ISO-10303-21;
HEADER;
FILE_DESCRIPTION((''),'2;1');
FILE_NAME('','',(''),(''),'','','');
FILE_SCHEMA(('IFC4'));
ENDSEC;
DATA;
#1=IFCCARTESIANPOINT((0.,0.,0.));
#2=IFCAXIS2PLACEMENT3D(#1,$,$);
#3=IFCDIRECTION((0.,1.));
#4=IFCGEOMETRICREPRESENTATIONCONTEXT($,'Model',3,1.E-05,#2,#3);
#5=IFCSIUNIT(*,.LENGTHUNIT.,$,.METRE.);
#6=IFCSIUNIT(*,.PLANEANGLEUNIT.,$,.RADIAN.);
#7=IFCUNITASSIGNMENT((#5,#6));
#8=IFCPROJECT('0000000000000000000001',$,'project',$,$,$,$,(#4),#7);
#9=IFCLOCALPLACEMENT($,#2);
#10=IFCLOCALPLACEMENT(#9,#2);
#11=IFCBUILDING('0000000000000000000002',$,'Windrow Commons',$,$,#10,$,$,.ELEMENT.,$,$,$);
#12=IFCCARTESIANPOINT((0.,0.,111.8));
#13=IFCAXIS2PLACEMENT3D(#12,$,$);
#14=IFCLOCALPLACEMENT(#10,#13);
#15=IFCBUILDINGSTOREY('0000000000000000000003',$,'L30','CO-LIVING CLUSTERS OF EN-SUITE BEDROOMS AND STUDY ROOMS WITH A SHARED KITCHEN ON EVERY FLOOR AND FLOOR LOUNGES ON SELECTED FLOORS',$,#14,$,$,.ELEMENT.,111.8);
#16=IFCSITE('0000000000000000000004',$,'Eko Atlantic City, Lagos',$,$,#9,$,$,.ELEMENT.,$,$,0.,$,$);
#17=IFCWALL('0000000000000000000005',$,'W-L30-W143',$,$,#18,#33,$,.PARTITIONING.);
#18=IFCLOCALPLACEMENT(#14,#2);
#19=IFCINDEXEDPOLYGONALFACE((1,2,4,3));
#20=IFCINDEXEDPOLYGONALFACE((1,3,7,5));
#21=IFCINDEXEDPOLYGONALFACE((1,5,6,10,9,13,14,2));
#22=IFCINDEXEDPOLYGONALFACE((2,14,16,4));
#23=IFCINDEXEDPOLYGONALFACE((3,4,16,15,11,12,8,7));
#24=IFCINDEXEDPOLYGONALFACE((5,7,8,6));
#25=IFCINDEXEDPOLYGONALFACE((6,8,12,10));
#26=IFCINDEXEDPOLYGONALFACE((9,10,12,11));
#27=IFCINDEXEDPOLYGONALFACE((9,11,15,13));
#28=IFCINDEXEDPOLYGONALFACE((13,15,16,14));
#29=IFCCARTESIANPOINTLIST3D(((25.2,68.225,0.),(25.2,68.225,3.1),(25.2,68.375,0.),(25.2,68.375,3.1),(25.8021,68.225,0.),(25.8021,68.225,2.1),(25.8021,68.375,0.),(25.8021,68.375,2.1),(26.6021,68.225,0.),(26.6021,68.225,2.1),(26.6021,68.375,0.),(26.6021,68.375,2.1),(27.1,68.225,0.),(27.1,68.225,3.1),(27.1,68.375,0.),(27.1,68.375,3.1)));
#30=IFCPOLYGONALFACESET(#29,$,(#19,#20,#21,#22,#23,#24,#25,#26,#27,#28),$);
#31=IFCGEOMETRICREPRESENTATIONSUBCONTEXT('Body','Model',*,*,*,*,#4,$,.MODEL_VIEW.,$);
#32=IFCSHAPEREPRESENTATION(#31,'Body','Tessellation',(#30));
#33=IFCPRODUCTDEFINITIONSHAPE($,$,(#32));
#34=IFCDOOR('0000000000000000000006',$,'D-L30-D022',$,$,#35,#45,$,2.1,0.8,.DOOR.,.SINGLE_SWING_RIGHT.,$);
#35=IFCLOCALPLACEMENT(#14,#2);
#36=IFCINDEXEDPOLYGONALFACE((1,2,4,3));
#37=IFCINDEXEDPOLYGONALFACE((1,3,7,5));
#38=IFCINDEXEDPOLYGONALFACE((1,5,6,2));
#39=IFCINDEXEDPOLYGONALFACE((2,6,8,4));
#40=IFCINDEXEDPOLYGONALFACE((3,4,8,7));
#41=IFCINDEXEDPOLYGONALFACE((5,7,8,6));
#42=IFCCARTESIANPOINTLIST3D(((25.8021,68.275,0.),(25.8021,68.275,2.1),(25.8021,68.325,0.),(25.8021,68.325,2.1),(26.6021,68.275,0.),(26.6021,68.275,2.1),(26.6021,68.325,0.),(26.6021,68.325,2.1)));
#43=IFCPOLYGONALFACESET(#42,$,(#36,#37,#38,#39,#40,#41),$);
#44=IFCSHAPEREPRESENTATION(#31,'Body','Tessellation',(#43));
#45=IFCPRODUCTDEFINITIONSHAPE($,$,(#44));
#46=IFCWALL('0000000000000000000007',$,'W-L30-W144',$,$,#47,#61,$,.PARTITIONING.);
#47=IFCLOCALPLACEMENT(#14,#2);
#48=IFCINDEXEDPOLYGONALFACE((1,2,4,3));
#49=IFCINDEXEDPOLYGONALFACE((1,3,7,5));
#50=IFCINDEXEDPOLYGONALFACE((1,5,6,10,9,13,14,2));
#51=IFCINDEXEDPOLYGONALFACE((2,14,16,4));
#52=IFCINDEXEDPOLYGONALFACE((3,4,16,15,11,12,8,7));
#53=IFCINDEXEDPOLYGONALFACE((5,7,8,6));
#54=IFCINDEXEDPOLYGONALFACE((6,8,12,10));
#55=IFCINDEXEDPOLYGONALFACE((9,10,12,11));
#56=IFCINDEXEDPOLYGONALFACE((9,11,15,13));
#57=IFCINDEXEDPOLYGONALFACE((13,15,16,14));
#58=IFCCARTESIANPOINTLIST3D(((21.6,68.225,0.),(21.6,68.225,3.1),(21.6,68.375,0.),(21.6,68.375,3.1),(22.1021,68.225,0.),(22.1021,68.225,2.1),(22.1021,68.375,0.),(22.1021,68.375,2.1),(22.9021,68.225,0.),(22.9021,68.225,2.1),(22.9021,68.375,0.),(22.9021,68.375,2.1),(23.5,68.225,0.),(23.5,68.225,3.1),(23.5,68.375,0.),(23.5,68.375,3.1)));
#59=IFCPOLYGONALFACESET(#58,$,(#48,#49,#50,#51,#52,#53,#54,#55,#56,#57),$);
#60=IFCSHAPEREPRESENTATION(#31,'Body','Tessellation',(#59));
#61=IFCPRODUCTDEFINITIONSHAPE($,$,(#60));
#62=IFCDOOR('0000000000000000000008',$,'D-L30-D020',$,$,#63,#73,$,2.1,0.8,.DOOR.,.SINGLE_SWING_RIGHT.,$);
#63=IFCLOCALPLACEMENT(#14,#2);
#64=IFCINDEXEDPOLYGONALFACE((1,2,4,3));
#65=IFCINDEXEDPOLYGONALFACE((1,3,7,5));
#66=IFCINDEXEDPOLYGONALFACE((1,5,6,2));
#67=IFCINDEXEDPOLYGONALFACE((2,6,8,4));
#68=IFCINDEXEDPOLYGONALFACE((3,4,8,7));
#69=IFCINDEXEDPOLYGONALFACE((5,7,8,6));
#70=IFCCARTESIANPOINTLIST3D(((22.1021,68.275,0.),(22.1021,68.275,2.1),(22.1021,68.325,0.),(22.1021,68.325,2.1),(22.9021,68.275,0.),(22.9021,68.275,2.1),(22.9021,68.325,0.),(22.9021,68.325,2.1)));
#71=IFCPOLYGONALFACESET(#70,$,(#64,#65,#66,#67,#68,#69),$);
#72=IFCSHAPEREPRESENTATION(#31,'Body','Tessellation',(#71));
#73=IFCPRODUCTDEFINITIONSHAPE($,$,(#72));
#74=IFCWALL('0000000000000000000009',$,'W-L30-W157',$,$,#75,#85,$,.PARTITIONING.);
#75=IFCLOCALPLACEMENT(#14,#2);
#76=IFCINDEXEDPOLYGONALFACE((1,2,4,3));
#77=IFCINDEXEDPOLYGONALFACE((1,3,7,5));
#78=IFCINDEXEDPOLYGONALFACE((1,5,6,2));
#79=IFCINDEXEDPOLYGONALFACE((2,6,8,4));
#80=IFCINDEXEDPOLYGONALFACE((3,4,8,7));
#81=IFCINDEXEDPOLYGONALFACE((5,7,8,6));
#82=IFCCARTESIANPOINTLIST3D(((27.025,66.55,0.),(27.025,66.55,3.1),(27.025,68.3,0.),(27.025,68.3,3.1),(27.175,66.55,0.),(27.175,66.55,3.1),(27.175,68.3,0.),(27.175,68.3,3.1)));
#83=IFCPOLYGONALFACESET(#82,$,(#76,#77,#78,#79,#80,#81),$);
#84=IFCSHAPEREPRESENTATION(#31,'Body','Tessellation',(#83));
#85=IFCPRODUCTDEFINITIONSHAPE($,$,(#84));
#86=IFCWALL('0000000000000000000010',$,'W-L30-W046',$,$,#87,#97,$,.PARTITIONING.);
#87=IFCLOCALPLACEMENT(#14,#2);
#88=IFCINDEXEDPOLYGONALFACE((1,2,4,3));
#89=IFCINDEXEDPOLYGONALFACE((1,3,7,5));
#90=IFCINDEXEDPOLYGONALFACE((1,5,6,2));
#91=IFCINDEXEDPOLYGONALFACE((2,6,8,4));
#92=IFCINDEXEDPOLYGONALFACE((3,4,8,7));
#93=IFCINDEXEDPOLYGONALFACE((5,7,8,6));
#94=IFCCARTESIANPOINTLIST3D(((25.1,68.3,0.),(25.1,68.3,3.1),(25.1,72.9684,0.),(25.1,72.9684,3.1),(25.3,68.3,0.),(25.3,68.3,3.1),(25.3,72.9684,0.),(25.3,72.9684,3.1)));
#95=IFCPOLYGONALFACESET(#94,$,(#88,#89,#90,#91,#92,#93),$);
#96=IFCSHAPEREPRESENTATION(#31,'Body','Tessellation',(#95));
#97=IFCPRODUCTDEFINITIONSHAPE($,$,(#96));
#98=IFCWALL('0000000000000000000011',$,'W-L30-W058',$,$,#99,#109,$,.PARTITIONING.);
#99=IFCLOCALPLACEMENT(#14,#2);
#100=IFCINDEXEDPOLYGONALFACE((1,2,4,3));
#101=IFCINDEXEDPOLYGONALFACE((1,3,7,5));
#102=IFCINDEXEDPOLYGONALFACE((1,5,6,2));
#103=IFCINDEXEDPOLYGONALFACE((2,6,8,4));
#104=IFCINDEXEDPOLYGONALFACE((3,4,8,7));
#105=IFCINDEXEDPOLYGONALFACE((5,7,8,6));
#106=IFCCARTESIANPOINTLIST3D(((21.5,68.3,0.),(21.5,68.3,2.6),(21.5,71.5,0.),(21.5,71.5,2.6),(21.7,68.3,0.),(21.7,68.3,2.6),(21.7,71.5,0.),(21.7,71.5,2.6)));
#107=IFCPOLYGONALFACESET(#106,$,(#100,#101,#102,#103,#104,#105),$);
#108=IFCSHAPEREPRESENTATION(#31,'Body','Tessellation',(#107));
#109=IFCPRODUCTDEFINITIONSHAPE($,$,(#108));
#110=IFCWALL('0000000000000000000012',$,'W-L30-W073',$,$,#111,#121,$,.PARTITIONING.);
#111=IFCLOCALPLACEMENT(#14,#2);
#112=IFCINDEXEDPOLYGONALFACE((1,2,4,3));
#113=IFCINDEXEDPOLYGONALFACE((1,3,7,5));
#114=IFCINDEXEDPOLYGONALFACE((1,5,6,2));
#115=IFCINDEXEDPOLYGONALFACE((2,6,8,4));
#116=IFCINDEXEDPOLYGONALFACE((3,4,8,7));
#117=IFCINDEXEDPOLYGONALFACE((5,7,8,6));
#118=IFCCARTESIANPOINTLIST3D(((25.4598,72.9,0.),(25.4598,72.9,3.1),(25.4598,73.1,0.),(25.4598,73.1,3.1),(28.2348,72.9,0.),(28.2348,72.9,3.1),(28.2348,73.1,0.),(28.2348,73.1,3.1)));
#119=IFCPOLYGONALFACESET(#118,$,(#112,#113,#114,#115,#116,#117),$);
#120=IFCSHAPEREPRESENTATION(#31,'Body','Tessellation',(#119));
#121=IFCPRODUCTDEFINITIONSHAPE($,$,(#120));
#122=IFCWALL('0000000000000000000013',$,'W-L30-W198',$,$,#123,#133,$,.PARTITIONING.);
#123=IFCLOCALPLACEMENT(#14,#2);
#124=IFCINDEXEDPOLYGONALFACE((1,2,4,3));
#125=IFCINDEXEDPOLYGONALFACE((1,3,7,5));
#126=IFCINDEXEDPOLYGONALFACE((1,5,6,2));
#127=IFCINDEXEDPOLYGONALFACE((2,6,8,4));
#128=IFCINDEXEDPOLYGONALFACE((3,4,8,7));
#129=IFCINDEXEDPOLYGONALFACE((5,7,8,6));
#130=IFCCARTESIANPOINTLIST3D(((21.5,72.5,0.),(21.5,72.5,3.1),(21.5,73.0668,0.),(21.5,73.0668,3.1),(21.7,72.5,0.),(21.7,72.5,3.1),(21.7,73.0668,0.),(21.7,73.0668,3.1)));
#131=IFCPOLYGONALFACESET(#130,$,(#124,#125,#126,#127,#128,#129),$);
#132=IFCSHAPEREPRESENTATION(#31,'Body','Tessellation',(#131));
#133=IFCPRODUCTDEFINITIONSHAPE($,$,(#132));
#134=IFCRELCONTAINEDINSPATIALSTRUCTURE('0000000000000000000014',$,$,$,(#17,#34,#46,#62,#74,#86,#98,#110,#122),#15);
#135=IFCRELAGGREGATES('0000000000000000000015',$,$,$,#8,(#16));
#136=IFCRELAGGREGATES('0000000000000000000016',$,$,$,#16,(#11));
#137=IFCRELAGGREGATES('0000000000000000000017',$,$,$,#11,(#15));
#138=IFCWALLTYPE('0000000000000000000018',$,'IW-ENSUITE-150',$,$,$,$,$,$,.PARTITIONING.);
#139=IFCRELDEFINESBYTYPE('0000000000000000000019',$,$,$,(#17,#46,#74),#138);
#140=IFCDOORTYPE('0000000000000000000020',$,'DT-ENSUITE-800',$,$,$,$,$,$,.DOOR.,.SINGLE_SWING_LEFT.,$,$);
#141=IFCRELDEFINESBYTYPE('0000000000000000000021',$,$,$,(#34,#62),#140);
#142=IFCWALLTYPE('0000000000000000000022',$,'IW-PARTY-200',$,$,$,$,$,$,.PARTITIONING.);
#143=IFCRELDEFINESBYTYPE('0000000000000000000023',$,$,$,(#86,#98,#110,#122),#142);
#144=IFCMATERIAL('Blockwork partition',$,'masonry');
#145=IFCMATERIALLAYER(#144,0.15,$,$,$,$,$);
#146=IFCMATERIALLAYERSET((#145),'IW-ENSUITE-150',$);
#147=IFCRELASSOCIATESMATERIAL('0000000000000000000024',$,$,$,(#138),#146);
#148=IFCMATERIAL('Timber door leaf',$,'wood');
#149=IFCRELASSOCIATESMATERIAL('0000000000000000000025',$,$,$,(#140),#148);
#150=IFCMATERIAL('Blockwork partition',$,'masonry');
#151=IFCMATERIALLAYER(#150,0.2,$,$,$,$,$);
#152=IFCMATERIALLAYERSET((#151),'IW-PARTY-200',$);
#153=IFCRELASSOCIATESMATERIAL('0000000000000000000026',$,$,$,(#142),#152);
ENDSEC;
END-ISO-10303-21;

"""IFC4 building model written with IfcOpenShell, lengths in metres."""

from ifc_helpers import new_model, si_unit, direction, frame, frame_2d, origin, place, context, subcontext, project, spatial, rectangle, extrude, material, layer, layer_set, type_object, element, fill, save


model = new_model("IFC4")

# Units and contexts
model_context = context("Model", 3, precision=1e-05, world=origin(), true_north=direction((0.0, 1.0)))
body_context = subcontext(model_context, "Body", "Model", "MODEL_VIEW")
ifc_project = project(units=[si_unit("LENGTHUNIT", "METRE"), si_unit("PLANEANGLEUNIT", "RADIAN")], contexts=[model_context])

# Site, building, storey
site_placement = place(None, origin())
site = spatial("IfcSite", under=ifc_project, at=site_placement, Name="Eko Atlantic City, Lagos", CompositionType="ELEMENT", RefElevation=0.0)
building_placement = place(site_placement, origin())
building = spatial("IfcBuilding", under=site, at=building_placement, Name="Windrow Commons", CompositionType="ELEMENT")
storey_placement = place(building_placement, frame((0.0, 0.0, 111.8)))
storey = spatial("IfcBuildingStorey", under=building, at=storey_placement, Name="L30", Description="CO-LIVING CLUSTERS OF EN-SUITE BEDROOMS AND STUDY ROOMS WITH A SHARED KITCHEN ON EVERY FLOOR AND FLOOR LOUNGES ON SELECTED FLOORS", CompositionType="ELEMENT", Elevation=111.8)

# Walls, openings, doors
ifc_material_1 = material(Name="Blockwork partition", Category="masonry")
ifc_layer_1 = layer(ifc_material_1, 0.15)
ifc_layer_set_1 = layer_set([ifc_layer_1], Name="IW-ENSUITE-150")
wall_type_1 = type_object("IfcWallType", Name="IW-ENSUITE-150", PredefinedType="PARTITIONING", material=ifc_layer_set_1)
wall_1_placement = place(storey_placement, frame((25.2, 68.3, 0.0), z_axis=(0.0, 0.0, 1.0), x_axis=(1.0, 0.0, 0.0)))
wall_1 = element("IfcWall", 1, at=wall_1_placement, inside=storey, type_object=wall_type_1, Name="W-L30-W143", PredefinedType="PARTITIONING", context=body_context, shape_type="SweptSolid", body=[
    extrude(rectangle(XDim=1.9, YDim=0.15, at=frame_2d((0.95, 0.0))), origin(), (0.0, 0.0, 1.0), 3.1),
])
opening_1_placement = place(wall_1_placement, frame((0.6021, 0.0, 0.0)))
opening_1 = element("IfcOpeningElement", 2, at=opening_1_placement, cuts=wall_1, PredefinedType="OPENING", context=body_context, shape_type="SweptSolid", body=[
    extrude(rectangle(XDim=0.8, YDim=2.1, at=frame_2d((0.4, 1.05))), frame((0.0, 0.085, 0.0), z_axis=(0.0, -1.0, 0.0), x_axis=(1.0, 0.0, 0.0)), (0.0, 0.0, 1.0), 0.17),
])
ifc_material_2 = material(Name="Timber door leaf", Category="wood")
door_type_1 = type_object("IfcDoorType", Name="DT-ENSUITE-800", OperationType="SINGLE_SWING_LEFT", PredefinedType="DOOR", material=ifc_material_2)
door_1_placement = place(opening_1_placement, origin())
door_1 = element("IfcDoor", 3, at=door_1_placement, inside=storey, type_object=door_type_1, Name="D-L30-D022", OperationType="SINGLE_SWING_RIGHT", OverallHeight=2.1, OverallWidth=0.8, PredefinedType="DOOR", context=body_context, shape_type="SweptSolid", body=[
    extrude(rectangle(XDim=0.8, YDim=2.1, at=frame_2d((0.4, 1.05))), frame((0.0, 0.025, 0.0), z_axis=(0.0, -1.0, 0.0), x_axis=(1.0, 0.0, 0.0)), (0.0, 0.0, 1.0), 0.05),
])
fill(opening_1, door_1)
wall_2_placement = place(storey_placement, frame((21.6, 68.3, 0.0), z_axis=(0.0, 0.0, 1.0), x_axis=(1.0, 0.0, 0.0)))
wall_2 = element("IfcWall", 4, at=wall_2_placement, inside=storey, type_object=wall_type_1, Name="W-L30-W144", PredefinedType="PARTITIONING", context=body_context, shape_type="SweptSolid", body=[
    extrude(rectangle(XDim=1.9, YDim=0.15, at=frame_2d((0.95, 0.0))), origin(), (0.0, 0.0, 1.0), 3.1),
])
opening_2_placement = place(wall_2_placement, frame((0.5021, 0.0, 0.0)))
opening_2 = element("IfcOpeningElement", 5, at=opening_2_placement, cuts=wall_2, PredefinedType="OPENING", context=body_context, shape_type="SweptSolid", body=[
    extrude(rectangle(XDim=0.8, YDim=2.1, at=frame_2d((0.4, 1.05))), frame((0.0, 0.085, 0.0), z_axis=(0.0, -1.0, 0.0), x_axis=(1.0, 0.0, 0.0)), (0.0, 0.0, 1.0), 0.17),
])
door_2_placement = place(opening_2_placement, origin())
door_2 = element("IfcDoor", 6, at=door_2_placement, inside=storey, type_object=door_type_1, Name="D-L30-D020", OperationType="SINGLE_SWING_RIGHT", OverallHeight=2.1, OverallWidth=0.8, PredefinedType="DOOR", context=body_context, shape_type="SweptSolid", body=[
    extrude(rectangle(XDim=0.8, YDim=2.1, at=frame_2d((0.4, 1.05))), frame((0.0, 0.025, 0.0), z_axis=(0.0, -1.0, 0.0), x_axis=(1.0, 0.0, 0.0)), (0.0, 0.0, 1.0), 0.05),
])
fill(opening_2, door_2)

# Walls
wall_3_placement = place(storey_placement, frame((27.1, 66.55, 0.0), z_axis=(0.0, 0.0, 1.0), x_axis=(0.0, 1.0, 0.0)))
element("IfcWall", 7, at=wall_3_placement, inside=storey, type_object=wall_type_1, Name="W-L30-W157", PredefinedType="PARTITIONING", context=body_context, shape_type="SweptSolid", body=[
    extrude(rectangle(XDim=1.75, YDim=0.15, at=frame_2d((0.875, 0.0))), origin(), (0.0, 0.0, 1.0), 3.1),
])
ifc_material_3 = material(Name="Blockwork partition", Category="masonry")
ifc_layer_2 = layer(ifc_material_3, 0.2)
ifc_layer_set_2 = layer_set([ifc_layer_2], Name="IW-PARTY-200")
wall_type_2 = type_object("IfcWallType", Name="IW-PARTY-200", PredefinedType="PARTITIONING", material=ifc_layer_set_2)
wall_4_placement = place(storey_placement, frame((25.2, 68.3, 0.0), z_axis=(0.0, 0.0, 1.0), x_axis=(0.0, 1.0, 0.0)))
element("IfcWall", 8, at=wall_4_placement, inside=storey, type_object=wall_type_2, Name="W-L30-W046", PredefinedType="PARTITIONING", context=body_context, shape_type="SweptSolid", body=[
    extrude(rectangle(XDim=4.6685, YDim=0.2, at=frame_2d((2.3342, 0.0))), origin(), (0.0, 0.0, 1.0), 3.1),
])
wall_5_placement = place(storey_placement, frame((21.6, 68.3, 0.0), z_axis=(0.0, 0.0, 1.0), x_axis=(0.0, 1.0, 0.0)))
element("IfcWall", 9, at=wall_5_placement, inside=storey, type_object=wall_type_2, Name="W-L30-W058", PredefinedType="PARTITIONING", context=body_context, shape_type="SweptSolid", body=[
    extrude(rectangle(XDim=3.2, YDim=0.2, at=frame_2d((1.6, 0.0))), origin(), (0.0, 0.0, 1.0), 2.6),
])
wall_6_placement = place(storey_placement, frame((25.4598, 73.0, 0.0), z_axis=(0.0, 0.0, 1.0), x_axis=(1.0, 0.0, 0.0)))
element("IfcWall", 10, at=wall_6_placement, inside=storey, type_object=wall_type_2, Name="W-L30-W073", PredefinedType="PARTITIONING", context=body_context, shape_type="SweptSolid", body=[
    extrude(rectangle(XDim=2.775, YDim=0.2, at=frame_2d((1.3875, 0.0))), origin(), (0.0, 0.0, 1.0), 3.1),
])
wall_7_placement = place(storey_placement, frame((21.6, 72.5, 0.0), z_axis=(0.0, 0.0, 1.0), x_axis=(0.0, 1.0, 0.0)))
element("IfcWall", 11, at=wall_7_placement, inside=storey, type_object=wall_type_2, Name="W-L30-W198", PredefinedType="PARTITIONING", context=body_context, shape_type="SweptSolid", body=[
    extrude(rectangle(XDim=0.5668, YDim=0.2, at=frame_2d((0.2834, 0.0))), origin(), (0.0, 0.0, 1.0), 3.1),
])

save(model, "model.ifc")
